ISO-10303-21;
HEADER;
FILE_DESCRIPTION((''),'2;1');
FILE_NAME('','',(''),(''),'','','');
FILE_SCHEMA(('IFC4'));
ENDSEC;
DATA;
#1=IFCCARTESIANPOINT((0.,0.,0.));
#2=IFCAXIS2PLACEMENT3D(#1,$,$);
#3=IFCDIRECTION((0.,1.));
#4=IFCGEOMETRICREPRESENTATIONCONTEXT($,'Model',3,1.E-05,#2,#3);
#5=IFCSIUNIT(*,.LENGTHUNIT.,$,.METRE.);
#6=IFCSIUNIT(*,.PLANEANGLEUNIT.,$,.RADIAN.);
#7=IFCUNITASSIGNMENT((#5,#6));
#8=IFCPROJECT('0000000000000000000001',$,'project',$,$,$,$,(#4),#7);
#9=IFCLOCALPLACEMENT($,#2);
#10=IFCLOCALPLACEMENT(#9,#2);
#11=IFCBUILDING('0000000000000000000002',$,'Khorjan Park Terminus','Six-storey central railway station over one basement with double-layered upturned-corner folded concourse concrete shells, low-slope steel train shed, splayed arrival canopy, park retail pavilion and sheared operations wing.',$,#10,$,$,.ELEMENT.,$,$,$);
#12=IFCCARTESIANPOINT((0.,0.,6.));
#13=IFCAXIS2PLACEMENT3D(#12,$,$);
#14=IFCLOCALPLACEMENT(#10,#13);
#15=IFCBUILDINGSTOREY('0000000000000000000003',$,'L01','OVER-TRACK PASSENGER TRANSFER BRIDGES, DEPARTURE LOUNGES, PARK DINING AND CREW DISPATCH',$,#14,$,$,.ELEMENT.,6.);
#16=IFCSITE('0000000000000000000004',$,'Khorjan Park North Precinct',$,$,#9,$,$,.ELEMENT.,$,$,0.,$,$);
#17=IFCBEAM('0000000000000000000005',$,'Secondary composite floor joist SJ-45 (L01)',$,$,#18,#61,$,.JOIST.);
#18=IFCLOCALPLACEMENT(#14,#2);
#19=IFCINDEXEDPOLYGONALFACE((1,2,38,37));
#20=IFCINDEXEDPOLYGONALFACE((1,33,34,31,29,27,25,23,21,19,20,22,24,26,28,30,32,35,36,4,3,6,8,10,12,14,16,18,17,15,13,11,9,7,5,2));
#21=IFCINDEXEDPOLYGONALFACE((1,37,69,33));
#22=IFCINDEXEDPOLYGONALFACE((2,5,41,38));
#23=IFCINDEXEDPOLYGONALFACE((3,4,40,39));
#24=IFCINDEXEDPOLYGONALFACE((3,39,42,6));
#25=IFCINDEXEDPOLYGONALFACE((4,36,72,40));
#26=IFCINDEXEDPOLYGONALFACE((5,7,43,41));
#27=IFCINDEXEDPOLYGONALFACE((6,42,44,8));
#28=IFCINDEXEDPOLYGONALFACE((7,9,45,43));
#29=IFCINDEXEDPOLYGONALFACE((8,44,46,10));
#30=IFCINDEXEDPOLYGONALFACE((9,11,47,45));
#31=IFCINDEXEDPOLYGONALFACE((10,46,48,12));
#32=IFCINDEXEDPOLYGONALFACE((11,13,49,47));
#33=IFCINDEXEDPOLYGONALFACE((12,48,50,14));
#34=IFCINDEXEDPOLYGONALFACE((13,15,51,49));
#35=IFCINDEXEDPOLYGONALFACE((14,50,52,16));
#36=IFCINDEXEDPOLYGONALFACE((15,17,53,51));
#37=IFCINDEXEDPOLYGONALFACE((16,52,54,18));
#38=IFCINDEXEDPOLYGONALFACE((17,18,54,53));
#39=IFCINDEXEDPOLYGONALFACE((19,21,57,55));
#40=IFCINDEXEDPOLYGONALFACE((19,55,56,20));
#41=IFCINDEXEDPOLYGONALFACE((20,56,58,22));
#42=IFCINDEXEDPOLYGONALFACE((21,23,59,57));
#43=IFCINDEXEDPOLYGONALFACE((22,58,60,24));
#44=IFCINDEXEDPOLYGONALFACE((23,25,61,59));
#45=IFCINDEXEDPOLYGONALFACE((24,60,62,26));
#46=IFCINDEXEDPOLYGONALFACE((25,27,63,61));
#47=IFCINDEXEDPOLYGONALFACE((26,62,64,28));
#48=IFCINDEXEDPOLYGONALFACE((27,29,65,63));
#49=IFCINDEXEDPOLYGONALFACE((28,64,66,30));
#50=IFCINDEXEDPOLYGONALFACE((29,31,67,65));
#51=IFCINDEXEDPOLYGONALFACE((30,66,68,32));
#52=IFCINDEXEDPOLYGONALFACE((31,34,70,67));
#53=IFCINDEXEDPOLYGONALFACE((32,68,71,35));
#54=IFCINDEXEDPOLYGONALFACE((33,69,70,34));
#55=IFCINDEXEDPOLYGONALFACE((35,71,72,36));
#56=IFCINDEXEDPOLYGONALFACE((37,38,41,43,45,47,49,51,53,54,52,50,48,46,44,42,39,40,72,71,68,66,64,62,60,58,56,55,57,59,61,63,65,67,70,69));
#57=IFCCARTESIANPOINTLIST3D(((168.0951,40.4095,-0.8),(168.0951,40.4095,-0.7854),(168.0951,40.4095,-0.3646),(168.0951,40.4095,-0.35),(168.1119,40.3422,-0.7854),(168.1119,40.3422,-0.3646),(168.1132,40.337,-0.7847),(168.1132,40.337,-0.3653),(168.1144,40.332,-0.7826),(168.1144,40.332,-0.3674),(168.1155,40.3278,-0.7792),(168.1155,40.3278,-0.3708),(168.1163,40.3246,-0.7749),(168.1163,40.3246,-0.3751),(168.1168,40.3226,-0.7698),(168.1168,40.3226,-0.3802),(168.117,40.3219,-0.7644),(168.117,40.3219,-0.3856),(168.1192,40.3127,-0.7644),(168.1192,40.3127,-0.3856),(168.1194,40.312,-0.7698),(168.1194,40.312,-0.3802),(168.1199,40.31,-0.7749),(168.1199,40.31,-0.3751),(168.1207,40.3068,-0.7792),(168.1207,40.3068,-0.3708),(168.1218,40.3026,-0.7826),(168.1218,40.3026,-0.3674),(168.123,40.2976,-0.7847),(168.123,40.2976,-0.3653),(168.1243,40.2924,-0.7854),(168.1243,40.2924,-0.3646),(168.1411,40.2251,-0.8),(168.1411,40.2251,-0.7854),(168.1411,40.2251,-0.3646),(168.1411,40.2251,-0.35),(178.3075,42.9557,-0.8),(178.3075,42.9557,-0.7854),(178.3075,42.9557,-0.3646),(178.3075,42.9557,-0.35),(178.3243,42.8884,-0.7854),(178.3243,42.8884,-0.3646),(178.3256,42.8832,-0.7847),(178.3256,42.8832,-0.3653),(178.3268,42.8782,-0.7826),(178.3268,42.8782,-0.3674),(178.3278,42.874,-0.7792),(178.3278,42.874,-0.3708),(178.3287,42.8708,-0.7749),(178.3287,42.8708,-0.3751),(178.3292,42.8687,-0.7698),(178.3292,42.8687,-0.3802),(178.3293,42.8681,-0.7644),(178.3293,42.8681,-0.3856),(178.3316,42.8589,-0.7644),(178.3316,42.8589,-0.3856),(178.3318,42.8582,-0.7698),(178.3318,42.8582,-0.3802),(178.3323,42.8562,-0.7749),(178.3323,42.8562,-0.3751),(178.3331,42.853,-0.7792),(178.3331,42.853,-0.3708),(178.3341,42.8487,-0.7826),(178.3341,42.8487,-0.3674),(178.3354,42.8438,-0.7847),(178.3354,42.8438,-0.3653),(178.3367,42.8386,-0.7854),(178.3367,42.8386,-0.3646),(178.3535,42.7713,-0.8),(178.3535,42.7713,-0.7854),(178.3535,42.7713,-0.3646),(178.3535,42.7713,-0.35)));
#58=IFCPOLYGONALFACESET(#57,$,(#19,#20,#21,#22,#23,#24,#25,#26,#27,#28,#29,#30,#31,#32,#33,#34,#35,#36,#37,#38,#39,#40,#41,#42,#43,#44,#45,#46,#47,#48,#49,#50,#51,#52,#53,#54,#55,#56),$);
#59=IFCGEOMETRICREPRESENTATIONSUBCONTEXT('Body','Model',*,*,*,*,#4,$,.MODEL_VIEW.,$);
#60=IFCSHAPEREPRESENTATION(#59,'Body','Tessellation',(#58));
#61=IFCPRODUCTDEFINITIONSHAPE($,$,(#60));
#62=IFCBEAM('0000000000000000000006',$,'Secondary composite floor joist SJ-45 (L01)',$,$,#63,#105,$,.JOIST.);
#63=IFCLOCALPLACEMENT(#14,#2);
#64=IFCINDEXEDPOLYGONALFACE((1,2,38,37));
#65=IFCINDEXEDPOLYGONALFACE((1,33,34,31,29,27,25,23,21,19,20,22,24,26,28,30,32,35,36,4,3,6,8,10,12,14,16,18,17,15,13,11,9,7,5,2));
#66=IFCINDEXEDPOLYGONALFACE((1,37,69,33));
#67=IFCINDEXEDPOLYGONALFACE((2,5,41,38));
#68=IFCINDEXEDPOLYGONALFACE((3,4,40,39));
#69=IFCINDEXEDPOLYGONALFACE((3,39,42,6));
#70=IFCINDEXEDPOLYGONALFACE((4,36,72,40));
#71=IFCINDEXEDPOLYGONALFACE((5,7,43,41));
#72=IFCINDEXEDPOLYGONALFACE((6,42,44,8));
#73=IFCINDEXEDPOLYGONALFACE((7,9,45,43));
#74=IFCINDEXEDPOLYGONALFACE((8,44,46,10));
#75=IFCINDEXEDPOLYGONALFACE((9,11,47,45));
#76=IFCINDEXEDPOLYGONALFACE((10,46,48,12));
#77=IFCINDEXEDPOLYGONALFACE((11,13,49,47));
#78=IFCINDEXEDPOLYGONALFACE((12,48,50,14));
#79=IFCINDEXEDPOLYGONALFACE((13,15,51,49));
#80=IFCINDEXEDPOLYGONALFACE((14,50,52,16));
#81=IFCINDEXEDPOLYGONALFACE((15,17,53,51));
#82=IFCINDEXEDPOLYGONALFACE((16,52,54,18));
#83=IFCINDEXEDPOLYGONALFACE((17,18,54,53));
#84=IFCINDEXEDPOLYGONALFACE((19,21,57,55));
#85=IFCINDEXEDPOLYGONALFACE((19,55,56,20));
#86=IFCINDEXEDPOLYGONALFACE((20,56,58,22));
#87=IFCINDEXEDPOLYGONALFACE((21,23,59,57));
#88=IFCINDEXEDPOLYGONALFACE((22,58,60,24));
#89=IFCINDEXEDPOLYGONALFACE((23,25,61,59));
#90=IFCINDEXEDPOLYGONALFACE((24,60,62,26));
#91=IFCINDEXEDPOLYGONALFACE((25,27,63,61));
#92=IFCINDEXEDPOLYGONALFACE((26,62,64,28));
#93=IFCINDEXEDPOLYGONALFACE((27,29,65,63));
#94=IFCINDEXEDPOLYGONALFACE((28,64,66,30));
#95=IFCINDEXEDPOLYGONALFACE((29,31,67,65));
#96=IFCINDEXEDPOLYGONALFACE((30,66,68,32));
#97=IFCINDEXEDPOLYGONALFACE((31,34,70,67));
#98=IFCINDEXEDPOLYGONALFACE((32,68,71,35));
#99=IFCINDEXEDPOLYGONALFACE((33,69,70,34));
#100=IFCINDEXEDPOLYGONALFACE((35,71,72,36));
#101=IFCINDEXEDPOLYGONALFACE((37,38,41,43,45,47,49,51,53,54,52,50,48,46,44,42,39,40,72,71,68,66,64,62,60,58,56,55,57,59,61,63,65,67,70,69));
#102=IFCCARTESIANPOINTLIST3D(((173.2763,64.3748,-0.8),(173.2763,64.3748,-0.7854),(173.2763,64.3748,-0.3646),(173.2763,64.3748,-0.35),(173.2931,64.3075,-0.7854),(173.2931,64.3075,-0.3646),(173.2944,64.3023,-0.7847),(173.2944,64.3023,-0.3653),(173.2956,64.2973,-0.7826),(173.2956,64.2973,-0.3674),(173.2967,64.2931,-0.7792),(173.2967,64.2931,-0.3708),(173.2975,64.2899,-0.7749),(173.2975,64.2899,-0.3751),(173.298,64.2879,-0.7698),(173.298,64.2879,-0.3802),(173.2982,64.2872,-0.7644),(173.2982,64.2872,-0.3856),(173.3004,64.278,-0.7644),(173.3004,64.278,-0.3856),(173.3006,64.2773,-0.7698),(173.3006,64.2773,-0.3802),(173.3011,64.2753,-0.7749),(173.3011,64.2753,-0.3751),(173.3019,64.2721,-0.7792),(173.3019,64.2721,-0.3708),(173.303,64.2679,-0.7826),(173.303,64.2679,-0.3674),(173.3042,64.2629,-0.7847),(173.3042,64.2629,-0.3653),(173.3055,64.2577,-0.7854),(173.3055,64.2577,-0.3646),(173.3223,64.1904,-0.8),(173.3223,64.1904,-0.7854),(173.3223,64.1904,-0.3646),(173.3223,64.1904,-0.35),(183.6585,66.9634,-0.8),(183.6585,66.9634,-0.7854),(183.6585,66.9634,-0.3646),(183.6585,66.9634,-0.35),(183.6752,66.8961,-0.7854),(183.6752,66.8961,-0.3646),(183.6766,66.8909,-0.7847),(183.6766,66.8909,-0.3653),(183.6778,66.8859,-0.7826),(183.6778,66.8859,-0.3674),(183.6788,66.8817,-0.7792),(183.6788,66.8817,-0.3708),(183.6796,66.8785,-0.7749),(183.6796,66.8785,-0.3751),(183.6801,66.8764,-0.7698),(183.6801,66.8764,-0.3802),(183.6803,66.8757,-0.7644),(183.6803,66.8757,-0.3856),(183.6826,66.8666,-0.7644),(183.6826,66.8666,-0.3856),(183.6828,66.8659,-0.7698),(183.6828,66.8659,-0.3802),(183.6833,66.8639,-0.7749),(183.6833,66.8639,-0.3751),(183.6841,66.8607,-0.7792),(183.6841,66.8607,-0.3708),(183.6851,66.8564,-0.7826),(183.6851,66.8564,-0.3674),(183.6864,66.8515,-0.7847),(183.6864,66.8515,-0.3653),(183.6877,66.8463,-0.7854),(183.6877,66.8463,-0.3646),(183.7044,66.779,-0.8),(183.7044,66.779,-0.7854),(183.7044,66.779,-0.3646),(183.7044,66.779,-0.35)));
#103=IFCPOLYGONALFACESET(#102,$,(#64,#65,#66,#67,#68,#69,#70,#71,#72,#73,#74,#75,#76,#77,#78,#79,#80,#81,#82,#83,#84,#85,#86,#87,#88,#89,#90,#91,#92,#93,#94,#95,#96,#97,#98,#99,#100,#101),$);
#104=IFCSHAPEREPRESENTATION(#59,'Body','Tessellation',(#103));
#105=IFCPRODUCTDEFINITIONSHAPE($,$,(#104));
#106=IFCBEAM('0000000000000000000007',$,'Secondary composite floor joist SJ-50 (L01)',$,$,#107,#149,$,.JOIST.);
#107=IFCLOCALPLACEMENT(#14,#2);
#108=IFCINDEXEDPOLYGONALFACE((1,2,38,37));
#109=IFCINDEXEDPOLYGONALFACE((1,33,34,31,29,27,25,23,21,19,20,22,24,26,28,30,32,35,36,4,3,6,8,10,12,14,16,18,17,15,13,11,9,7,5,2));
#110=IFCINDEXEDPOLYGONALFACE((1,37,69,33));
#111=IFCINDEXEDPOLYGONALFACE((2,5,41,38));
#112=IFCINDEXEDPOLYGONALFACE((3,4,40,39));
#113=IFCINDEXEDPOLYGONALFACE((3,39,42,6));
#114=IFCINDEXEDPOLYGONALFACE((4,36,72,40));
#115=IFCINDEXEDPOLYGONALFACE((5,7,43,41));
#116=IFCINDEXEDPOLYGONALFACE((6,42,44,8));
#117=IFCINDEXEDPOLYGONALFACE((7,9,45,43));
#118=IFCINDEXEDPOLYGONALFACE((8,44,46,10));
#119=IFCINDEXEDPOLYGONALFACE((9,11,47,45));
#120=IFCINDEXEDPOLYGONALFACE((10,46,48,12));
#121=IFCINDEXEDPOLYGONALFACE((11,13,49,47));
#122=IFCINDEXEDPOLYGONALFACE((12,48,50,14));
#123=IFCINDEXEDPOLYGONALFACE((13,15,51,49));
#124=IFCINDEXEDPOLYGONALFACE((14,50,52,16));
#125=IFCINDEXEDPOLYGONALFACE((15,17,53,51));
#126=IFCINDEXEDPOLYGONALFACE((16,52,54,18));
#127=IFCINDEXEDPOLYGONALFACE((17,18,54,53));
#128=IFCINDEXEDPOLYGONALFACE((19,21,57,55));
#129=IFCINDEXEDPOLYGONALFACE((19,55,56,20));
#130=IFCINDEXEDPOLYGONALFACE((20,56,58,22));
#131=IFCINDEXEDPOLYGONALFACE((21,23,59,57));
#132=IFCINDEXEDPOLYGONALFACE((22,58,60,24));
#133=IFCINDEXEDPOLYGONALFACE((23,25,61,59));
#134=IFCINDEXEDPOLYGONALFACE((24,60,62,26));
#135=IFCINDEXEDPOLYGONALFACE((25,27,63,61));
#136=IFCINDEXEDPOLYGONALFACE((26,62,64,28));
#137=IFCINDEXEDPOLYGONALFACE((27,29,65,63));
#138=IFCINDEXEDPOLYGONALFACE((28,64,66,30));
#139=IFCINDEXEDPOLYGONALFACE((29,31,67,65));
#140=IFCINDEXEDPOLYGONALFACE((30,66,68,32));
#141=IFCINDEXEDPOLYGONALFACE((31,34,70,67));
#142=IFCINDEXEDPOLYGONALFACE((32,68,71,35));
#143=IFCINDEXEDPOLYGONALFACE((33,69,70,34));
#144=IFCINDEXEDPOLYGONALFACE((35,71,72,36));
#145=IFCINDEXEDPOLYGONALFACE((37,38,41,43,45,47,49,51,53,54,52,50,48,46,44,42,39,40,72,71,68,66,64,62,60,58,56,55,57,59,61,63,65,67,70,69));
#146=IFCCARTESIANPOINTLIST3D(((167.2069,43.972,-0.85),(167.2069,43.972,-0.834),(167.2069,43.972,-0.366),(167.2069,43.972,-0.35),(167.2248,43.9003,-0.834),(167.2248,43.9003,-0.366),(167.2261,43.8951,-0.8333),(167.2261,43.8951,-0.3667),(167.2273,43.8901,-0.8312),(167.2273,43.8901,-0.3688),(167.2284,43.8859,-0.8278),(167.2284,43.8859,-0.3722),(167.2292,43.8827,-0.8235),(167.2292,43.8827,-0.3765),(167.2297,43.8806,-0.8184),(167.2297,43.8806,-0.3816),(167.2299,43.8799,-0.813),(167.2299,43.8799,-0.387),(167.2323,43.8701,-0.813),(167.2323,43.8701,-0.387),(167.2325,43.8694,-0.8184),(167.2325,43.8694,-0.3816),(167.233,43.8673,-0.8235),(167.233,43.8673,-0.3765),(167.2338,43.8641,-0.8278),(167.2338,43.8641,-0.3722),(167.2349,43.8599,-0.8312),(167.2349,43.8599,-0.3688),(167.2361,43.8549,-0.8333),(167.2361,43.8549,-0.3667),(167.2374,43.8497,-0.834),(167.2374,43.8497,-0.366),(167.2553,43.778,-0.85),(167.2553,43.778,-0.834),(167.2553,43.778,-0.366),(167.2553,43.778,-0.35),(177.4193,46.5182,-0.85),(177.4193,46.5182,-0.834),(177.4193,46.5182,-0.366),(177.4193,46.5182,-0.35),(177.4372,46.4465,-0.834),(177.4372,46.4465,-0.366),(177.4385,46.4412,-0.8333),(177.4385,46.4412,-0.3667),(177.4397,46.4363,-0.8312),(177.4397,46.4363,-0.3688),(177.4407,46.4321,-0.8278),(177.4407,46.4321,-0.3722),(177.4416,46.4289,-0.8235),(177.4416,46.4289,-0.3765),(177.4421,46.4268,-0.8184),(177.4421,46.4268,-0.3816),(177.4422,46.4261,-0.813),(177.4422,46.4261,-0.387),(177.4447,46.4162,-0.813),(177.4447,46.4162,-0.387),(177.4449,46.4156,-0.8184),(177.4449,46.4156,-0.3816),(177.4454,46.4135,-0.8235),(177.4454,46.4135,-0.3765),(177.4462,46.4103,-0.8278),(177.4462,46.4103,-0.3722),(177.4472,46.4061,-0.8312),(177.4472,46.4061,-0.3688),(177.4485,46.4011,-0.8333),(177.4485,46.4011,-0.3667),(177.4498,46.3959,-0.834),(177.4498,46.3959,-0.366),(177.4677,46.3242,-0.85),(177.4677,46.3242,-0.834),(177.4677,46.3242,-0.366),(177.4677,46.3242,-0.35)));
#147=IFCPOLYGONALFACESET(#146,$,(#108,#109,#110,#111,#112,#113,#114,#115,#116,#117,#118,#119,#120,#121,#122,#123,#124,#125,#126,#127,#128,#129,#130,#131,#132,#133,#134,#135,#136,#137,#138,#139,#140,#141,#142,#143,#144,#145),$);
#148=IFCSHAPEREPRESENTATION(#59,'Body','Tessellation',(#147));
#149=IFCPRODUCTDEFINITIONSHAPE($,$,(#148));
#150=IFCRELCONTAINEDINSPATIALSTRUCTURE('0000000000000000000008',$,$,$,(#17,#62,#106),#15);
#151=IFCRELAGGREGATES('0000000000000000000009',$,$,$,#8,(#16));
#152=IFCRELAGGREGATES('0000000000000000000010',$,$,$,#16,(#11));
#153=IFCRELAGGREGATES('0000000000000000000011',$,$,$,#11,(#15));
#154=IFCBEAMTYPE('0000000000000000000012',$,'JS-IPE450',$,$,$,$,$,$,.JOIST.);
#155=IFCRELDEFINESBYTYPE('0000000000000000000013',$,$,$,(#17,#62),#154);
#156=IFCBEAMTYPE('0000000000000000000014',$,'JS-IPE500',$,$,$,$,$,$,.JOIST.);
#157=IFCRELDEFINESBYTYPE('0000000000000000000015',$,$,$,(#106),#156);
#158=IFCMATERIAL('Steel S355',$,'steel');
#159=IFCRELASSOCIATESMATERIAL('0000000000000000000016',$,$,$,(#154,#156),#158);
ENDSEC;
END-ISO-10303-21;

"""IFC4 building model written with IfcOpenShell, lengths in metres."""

from ifc_helpers import new_model, si_unit, direction, frame, origin, origin_2d, place, context, subcontext, project, spatial, i_section, extrude, material, material_profile, profile_set, type_object, element, save


model = new_model("IFC4")

# Units and contexts
model_context = context("Model", 3, precision=1e-05, world=origin(), true_north=direction((0.0, 1.0)))
body_context = subcontext(model_context, "Body", "Model", "MODEL_VIEW")
ifc_project = project(units=[si_unit("LENGTHUNIT", "METRE"), si_unit("PLANEANGLEUNIT", "RADIAN")], contexts=[model_context])

# Site, building, storey
site_placement = place(None, origin())
site = spatial("IfcSite", under=ifc_project, at=site_placement, Name="Khorjan Park North Precinct", CompositionType="ELEMENT", RefElevation=0.0)
building_placement = place(site_placement, origin())
building = spatial("IfcBuilding", under=site, at=building_placement, Name="Khorjan Park Terminus", Description="Six-storey central railway station over one basement with double-layered upturned-corner folded concourse concrete shells, low-slope steel train shed, splayed arrival canopy, park retail pavilion and sheared operations wing.", CompositionType="ELEMENT")
storey_placement = place(building_placement, frame((0.0, 0.0, 6.0)))
storey = spatial("IfcBuildingStorey", under=building, at=storey_placement, Name="L01", Description="OVER-TRACK PASSENGER TRANSFER BRIDGES, DEPARTURE LOUNGES, PARK DINING AND CREW DISPATCH", CompositionType="ELEMENT", Elevation=6.0)

# Beams
ifc_material_1 = material(Name="Steel S355", Category="steel")
ifc_material_profile_1 = material_profile(ifc_material_1, i_section(OverallWidth=0.19, OverallDepth=0.45, WebThickness=0.0094, FlangeThickness=0.0146, FilletRadius=0.021, at=origin_2d()), Name="IPE 450")
ifc_profile_set_1 = profile_set([ifc_material_profile_1], Name="Steel S355")
beam_type_1 = type_object("IfcBeamType", Name="JS-IPE450", PredefinedType="JOIST", material=ifc_profile_set_1)
beam_1_placement = place(storey_placement, frame((168.1181, 40.3173, -0.575), z_axis=(0.970297, 0.241919, 0.0), x_axis=(-0.241919, 0.970297, 0.0)))
element("IfcBeam", 1, at=beam_1_placement, inside=storey, type_object=beam_type_1, Name="Secondary composite floor joist SJ-45 (L01)", PredefinedType="JOIST", context=body_context, shape_type="SweptSolid", body=[
    extrude(i_section(OverallWidth=0.19, OverallDepth=0.45, WebThickness=0.0094, FlangeThickness=0.0146, FilletRadius=0.021, at=origin_2d()), origin(), (0.0, 0.0, 1.0), 10.525),
])
beam_2_placement = place(storey_placement, frame((173.2993, 64.2826, -0.575), z_axis=(0.970295, 0.241924, 0.0), x_axis=(-0.241924, 0.970295, 0.0)))
element("IfcBeam", 2, at=beam_2_placement, inside=storey, type_object=beam_type_1, Name="Secondary composite floor joist SJ-45 (L01)", PredefinedType="JOIST", context=body_context, shape_type="SweptSolid", body=[
    extrude(i_section(OverallWidth=0.19, OverallDepth=0.45, WebThickness=0.0094, FlangeThickness=0.0146, FilletRadius=0.021, at=origin_2d()), origin(), (0.0, 0.0, 1.0), 10.7),
])
ifc_material_profile_2 = material_profile(ifc_material_1, i_section(OverallWidth=0.2, OverallDepth=0.5, WebThickness=0.0102, FlangeThickness=0.016, FilletRadius=0.021, at=origin_2d()), Name="IPE 500")
ifc_profile_set_2 = profile_set([ifc_material_profile_2], Name="Steel S355")
beam_type_2 = type_object("IfcBeamType", Name="JS-IPE500", PredefinedType="JOIST", material=ifc_profile_set_2)
beam_3_placement = place(storey_placement, frame((167.2311, 43.875, -0.6), z_axis=(0.970297, 0.241919, 0.0), x_axis=(-0.241919, 0.970297, 0.0)))
element("IfcBeam", 3, at=beam_3_placement, inside=storey, type_object=beam_type_2, Name="Secondary composite floor joist SJ-50 (L01)", PredefinedType="JOIST", context=body_context, shape_type="SweptSolid", body=[
    extrude(i_section(OverallWidth=0.2, OverallDepth=0.5, WebThickness=0.0102, FlangeThickness=0.016, FilletRadius=0.021, at=origin_2d()), origin(), (0.0, 0.0, 1.0), 10.525),
])

save(model, "model.ifc")
